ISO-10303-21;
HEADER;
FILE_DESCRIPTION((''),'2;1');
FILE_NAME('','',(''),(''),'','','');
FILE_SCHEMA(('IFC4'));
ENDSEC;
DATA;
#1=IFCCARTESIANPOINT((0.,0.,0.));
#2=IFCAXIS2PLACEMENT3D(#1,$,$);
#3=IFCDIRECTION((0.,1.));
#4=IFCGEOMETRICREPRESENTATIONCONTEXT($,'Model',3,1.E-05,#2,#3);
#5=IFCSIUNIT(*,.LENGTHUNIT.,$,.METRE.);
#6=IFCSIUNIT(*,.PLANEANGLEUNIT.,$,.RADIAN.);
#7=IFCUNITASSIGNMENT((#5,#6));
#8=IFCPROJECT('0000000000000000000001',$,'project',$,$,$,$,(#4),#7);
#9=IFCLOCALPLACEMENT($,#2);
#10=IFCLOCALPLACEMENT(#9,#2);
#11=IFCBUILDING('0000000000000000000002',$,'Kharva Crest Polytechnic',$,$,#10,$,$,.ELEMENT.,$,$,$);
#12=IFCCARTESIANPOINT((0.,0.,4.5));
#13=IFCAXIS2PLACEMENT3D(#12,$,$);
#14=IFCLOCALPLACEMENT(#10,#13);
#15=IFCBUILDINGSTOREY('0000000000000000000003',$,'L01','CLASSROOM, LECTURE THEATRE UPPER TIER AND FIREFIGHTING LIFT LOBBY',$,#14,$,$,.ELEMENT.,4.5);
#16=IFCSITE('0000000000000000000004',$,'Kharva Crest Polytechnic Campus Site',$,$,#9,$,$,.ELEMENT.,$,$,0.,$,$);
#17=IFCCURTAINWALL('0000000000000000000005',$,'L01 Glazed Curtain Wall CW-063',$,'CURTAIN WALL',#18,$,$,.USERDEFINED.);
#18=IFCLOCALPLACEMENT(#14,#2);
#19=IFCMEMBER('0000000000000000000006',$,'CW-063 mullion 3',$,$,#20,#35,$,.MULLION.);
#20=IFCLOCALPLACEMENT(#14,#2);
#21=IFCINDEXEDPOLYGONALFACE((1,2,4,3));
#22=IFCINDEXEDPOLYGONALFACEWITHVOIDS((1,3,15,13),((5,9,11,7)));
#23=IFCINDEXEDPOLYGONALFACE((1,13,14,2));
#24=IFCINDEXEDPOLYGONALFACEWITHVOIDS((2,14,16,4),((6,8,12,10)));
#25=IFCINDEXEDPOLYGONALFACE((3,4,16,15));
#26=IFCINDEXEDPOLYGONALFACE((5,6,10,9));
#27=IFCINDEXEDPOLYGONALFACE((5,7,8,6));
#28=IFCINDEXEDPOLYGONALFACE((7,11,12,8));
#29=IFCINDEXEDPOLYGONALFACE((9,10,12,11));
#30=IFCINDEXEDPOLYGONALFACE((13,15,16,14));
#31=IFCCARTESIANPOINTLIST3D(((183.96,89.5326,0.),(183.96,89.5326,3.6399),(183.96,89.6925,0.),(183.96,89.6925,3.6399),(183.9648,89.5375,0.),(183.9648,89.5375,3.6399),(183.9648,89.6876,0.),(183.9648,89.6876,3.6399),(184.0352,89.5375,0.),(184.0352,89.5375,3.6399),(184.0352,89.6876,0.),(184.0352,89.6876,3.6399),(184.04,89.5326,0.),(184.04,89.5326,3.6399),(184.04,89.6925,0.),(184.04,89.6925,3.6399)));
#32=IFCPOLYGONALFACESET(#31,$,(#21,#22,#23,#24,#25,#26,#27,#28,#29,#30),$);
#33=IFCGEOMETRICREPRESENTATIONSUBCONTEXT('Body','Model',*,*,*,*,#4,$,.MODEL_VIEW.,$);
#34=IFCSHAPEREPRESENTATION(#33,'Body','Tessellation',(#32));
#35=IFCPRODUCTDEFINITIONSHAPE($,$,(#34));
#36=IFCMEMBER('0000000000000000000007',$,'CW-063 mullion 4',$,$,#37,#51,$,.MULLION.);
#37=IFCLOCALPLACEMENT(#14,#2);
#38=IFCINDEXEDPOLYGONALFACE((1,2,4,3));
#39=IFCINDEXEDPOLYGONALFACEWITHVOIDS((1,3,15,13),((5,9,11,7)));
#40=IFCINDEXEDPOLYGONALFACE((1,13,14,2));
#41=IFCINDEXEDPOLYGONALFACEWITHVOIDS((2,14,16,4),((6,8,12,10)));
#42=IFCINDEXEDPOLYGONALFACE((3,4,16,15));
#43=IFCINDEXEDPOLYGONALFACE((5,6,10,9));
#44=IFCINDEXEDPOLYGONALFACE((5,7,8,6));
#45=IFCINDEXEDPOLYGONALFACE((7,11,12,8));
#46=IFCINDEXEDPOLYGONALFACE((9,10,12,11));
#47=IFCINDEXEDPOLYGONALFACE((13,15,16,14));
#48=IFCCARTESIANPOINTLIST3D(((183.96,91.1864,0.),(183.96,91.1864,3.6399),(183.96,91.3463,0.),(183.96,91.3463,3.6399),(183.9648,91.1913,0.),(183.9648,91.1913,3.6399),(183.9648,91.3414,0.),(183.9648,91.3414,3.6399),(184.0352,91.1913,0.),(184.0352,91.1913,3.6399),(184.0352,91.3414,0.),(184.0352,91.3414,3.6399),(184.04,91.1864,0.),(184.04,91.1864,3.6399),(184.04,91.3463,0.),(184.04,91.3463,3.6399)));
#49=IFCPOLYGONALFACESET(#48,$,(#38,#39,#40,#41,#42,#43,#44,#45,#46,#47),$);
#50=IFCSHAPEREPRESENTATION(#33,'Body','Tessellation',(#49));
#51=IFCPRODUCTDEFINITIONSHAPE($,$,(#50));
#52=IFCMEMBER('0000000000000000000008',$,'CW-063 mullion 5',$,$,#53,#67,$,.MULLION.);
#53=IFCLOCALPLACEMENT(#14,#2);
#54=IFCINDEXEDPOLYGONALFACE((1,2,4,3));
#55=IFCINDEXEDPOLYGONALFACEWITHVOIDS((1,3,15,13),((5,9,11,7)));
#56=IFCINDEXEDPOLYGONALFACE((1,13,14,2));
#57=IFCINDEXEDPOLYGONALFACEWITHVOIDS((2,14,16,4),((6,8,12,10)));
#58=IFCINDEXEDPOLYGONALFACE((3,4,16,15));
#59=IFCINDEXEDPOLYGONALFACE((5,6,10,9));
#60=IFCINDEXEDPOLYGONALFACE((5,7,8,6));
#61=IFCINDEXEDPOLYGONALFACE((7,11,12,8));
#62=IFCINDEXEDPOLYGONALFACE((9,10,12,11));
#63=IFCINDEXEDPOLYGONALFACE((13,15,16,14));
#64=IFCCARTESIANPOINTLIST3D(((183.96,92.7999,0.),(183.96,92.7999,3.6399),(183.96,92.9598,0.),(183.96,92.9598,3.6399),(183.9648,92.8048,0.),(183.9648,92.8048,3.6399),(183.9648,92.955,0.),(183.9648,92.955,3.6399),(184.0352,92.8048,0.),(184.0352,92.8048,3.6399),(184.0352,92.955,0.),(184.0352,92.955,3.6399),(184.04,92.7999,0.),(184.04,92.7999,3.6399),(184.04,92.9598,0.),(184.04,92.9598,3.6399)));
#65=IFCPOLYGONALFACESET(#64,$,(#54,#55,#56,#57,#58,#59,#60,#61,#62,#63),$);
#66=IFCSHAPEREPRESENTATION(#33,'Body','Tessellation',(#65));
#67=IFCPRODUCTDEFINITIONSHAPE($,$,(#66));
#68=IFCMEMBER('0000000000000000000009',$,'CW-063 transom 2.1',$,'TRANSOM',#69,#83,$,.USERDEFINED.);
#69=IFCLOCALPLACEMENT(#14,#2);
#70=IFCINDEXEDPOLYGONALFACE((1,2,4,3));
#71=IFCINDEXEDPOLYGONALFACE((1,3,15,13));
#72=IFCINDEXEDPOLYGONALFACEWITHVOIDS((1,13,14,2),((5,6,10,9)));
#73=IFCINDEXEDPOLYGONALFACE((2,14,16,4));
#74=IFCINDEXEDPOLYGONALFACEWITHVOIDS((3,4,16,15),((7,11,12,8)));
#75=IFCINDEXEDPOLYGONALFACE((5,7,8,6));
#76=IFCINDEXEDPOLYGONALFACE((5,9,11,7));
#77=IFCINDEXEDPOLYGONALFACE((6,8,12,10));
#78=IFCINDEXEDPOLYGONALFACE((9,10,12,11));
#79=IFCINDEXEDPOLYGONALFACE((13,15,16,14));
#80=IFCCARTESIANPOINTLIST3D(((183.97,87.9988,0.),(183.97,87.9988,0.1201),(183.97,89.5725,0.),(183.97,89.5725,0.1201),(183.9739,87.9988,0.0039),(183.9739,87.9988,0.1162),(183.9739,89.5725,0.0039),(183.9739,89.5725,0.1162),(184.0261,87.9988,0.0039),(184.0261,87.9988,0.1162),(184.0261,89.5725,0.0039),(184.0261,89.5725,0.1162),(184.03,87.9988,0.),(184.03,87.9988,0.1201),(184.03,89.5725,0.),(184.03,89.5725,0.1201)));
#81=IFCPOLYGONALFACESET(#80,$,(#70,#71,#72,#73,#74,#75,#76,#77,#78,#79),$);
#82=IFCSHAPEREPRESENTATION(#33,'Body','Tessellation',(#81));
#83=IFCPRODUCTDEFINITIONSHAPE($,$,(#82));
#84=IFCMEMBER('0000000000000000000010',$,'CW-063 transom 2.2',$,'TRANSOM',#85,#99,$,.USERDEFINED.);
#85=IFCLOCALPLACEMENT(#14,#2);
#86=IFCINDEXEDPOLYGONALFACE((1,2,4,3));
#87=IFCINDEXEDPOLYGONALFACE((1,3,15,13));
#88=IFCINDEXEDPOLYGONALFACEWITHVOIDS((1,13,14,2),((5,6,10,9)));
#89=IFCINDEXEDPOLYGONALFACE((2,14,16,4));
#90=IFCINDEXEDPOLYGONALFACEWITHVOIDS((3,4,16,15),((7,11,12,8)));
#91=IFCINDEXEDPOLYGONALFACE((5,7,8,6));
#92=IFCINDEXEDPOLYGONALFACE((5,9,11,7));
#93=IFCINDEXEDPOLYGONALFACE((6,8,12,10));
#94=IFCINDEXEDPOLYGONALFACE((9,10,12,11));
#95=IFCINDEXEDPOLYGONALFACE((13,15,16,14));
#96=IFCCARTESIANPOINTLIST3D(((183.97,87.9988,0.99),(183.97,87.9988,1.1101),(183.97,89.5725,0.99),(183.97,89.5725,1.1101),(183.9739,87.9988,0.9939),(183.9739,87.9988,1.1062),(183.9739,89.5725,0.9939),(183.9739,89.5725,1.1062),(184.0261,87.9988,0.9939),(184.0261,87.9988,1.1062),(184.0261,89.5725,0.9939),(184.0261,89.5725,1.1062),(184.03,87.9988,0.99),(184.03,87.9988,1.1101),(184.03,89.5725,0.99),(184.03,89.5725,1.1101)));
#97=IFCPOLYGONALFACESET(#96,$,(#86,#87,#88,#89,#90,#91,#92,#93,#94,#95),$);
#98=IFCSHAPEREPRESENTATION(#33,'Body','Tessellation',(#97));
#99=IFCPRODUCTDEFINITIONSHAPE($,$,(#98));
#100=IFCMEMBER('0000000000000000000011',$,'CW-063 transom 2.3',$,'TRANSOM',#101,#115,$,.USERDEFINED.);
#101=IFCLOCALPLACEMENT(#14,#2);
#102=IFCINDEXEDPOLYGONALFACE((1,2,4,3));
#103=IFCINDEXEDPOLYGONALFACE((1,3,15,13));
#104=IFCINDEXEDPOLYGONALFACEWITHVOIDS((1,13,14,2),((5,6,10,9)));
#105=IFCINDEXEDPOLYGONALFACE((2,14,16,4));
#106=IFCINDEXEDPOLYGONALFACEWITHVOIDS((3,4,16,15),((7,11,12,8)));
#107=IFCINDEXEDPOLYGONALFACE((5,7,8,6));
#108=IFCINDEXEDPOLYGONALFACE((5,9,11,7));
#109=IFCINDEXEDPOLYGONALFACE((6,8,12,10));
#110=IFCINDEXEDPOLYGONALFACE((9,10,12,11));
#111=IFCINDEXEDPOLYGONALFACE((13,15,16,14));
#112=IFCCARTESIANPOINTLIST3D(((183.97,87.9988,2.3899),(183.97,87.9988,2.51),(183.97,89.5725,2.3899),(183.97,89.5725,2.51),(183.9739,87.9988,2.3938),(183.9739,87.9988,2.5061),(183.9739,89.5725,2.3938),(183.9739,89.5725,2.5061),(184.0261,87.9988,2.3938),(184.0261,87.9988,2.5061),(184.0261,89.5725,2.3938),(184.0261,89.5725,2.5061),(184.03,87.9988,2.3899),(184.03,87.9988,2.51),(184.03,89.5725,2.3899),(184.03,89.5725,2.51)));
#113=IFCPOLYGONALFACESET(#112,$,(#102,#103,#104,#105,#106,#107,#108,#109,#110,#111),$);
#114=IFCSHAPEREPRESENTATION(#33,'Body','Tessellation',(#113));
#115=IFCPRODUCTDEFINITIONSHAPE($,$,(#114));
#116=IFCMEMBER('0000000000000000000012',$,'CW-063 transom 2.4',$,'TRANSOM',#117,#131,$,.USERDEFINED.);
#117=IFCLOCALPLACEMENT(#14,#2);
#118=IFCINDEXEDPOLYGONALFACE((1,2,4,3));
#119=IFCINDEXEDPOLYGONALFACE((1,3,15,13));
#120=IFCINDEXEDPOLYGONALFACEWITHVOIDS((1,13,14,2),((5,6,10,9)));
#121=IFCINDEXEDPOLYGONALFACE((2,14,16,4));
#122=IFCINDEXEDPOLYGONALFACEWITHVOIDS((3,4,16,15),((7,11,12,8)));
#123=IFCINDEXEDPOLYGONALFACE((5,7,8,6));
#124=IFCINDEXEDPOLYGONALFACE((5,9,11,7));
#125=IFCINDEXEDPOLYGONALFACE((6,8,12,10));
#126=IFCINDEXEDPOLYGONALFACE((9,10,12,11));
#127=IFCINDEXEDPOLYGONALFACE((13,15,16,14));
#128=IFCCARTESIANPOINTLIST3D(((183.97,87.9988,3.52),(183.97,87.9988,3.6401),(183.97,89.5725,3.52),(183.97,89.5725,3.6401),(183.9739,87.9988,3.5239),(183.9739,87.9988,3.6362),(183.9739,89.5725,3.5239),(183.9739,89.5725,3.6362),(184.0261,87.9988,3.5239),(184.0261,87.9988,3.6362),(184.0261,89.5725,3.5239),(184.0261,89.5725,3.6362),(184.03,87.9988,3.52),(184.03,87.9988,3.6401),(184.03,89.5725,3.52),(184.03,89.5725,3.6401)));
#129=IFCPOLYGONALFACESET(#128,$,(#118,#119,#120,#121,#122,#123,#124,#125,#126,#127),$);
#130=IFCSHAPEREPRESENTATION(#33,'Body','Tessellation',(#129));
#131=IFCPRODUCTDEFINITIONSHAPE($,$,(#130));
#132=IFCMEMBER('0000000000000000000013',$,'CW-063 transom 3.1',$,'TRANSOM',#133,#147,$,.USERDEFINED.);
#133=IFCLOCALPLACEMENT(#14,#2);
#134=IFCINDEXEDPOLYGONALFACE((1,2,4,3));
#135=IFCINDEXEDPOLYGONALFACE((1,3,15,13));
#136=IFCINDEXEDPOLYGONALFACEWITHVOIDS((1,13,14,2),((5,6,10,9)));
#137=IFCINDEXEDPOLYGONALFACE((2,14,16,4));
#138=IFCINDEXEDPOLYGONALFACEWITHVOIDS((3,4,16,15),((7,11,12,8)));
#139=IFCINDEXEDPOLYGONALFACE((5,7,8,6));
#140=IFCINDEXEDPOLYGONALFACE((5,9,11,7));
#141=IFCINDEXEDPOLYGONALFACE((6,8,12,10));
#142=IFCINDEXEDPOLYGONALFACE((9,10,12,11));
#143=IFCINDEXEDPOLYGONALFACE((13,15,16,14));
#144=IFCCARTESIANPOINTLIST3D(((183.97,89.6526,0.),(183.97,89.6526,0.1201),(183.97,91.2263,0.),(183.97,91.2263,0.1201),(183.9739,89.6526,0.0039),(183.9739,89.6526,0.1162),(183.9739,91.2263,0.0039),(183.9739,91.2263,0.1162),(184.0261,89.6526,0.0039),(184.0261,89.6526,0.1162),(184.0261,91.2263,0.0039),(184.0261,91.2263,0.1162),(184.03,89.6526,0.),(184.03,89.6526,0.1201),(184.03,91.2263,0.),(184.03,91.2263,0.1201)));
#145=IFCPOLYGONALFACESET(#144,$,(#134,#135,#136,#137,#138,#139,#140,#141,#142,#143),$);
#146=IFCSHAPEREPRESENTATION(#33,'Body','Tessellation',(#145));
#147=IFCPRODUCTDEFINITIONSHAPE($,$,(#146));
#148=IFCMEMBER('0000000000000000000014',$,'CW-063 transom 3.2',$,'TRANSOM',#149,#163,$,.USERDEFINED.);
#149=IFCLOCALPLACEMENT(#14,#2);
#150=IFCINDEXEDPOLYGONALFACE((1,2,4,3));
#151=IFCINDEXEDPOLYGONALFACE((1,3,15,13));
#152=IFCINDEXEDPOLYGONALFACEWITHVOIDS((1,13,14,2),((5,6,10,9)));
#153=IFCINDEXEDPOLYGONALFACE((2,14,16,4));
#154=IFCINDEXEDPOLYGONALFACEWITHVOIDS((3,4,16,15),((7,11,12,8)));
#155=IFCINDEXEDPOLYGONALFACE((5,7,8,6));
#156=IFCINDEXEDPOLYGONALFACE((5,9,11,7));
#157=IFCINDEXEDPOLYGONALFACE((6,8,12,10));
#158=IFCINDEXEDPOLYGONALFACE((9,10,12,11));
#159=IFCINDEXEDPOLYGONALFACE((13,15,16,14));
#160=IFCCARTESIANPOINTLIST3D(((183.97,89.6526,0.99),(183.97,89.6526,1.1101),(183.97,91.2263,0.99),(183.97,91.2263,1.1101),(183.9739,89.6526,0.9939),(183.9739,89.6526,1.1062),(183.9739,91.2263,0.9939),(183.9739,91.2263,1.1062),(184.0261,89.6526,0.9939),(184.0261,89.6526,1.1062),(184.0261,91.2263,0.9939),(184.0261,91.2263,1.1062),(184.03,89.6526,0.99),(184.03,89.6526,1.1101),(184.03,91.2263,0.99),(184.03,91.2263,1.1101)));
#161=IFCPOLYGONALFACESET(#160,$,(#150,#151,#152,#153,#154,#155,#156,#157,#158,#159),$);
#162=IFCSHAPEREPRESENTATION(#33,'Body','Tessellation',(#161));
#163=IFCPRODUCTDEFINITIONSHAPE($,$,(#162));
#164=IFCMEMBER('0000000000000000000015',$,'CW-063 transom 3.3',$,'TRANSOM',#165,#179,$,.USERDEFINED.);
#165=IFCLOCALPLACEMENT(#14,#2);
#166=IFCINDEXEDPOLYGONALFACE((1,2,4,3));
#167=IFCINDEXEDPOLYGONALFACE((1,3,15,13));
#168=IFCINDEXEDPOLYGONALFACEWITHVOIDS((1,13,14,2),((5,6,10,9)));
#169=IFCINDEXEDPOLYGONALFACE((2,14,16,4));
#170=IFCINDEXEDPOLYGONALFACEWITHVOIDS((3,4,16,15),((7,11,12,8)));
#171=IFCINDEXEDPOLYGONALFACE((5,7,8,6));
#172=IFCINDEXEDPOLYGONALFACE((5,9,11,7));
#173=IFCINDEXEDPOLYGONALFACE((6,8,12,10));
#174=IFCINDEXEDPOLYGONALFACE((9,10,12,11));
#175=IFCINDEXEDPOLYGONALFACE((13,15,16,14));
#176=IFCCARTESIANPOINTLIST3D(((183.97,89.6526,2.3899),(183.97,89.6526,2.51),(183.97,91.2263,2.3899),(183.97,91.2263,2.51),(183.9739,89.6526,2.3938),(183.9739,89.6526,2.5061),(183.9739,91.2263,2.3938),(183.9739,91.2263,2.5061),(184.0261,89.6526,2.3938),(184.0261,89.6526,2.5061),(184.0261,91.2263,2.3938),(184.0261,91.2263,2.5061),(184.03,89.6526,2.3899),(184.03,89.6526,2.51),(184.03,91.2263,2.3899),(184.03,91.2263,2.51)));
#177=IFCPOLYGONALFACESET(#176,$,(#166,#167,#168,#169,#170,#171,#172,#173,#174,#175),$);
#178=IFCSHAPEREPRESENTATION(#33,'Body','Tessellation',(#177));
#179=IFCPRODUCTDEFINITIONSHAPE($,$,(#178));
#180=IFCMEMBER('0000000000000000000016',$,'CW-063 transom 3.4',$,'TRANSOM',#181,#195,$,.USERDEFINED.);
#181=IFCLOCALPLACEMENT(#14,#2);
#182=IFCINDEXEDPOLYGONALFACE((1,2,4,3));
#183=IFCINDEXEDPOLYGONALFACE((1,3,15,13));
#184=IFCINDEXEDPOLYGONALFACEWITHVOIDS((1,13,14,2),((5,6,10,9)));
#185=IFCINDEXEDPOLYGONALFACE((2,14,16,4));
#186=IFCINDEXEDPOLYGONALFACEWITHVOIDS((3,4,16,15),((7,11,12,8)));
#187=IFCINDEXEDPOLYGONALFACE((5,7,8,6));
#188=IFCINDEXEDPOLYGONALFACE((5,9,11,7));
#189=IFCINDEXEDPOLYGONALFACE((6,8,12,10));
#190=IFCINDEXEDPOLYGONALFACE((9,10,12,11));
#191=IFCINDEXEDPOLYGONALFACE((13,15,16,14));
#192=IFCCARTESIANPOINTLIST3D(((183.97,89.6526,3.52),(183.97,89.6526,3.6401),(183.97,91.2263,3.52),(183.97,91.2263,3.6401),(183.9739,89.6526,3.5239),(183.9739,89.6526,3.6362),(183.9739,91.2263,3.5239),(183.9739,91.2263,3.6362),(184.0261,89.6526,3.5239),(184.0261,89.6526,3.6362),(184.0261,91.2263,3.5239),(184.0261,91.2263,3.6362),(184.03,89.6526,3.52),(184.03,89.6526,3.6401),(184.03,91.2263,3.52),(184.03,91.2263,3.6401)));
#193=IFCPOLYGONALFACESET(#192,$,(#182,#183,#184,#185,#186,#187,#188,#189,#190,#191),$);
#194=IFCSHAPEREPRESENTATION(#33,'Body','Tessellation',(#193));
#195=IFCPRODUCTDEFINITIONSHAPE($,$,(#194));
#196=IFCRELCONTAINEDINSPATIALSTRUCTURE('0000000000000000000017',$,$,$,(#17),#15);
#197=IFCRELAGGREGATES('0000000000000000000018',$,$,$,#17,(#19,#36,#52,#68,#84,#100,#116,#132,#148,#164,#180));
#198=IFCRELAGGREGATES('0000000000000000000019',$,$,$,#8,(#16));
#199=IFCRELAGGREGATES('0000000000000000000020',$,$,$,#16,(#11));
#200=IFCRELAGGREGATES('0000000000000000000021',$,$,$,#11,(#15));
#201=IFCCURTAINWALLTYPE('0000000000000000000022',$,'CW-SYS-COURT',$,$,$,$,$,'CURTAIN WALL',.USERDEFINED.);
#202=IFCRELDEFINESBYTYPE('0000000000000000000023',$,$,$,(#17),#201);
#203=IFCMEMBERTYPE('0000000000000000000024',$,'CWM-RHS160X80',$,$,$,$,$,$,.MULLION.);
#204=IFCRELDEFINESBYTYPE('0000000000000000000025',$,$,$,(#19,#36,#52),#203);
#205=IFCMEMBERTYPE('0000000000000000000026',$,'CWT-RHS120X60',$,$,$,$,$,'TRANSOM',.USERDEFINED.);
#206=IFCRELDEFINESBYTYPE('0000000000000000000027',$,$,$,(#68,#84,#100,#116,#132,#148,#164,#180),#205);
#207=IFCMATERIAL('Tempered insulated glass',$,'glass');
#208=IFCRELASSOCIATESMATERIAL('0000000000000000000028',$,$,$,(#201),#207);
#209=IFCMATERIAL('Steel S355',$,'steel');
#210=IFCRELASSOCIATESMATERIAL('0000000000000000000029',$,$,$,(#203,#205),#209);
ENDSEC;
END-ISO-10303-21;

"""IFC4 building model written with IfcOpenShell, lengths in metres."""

from ifc_helpers import new_model, si_unit, direction, frame, origin, origin_2d, place, context, subcontext, project, spatial, hollow_rectangle, extrude, material, material_profile, profile_set, type_object, element, aggregate, save


model = new_model("IFC4")

# Units and contexts
model_context = context("Model", 3, precision=1e-05, world=origin(), true_north=direction((0.0, 1.0)))
body_context = subcontext(model_context, "Body", "Model", "MODEL_VIEW")
ifc_project = project(units=[si_unit("LENGTHUNIT", "METRE"), si_unit("PLANEANGLEUNIT", "RADIAN")], contexts=[model_context])

# Site, building, storey
site_placement = place(None, origin())
site = spatial("IfcSite", under=ifc_project, at=site_placement, Name="Kharva Crest Polytechnic Campus Site", CompositionType="ELEMENT", RefElevation=0.0)
building_placement = place(site_placement, origin())
building = spatial("IfcBuilding", under=site, at=building_placement, Name="Kharva Crest Polytechnic", CompositionType="ELEMENT")
storey_placement = place(building_placement, frame((0.0, 0.0, 4.5)))
storey = spatial("IfcBuildingStorey", under=building, at=storey_placement, Name="L01", Description="CLASSROOM, LECTURE THEATRE UPPER TIER AND FIREFIGHTING LIFT LOBBY", CompositionType="ELEMENT", Elevation=4.5)

# Curtain wall, members
ifc_material_1 = material(Name="Tempered insulated glass", Category="glass")
curtain_wall_type = type_object("IfcCurtainWallType", Name="CW-SYS-COURT", ElementType="CURTAIN WALL", PredefinedType="USERDEFINED", material=ifc_material_1)
curtain_wall_placement = place(storey_placement, origin())
curtain_wall = element("IfcCurtainWall", 1, at=curtain_wall_placement, inside=storey, type_object=curtain_wall_type, Name="L01 Glazed Curtain Wall CW-063", ObjectType="CURTAIN WALL", PredefinedType="USERDEFINED")
ifc_material_2 = material(Name="Steel S355", Category="steel")
ifc_material_profile_1 = material_profile(ifc_material_2, hollow_rectangle(XDim=0.0801, YDim=0.1599, WallThickness=0.0049, at=origin_2d()), Name="RHS 160X80X5.0")
ifc_profile_set_1 = profile_set([ifc_material_profile_1], Name="Steel S355")
member_type_1 = type_object("IfcMemberType", Name="CWM-RHS160X80", PredefinedType="MULLION", material=ifc_profile_set_1)
member_1_placement = place(storey_placement, frame((184.0, 89.6125, 0.0), z_axis=(0.0, 0.0, 1.0), x_axis=(-1.0, 0.0, 0.0)))
member_1 = element("IfcMember", 2, at=member_1_placement, type_object=member_type_1, Name="CW-063 mullion 3", PredefinedType="MULLION", context=body_context, shape_type="SweptSolid", body=[
    extrude(hollow_rectangle(XDim=0.0801, YDim=0.1599, WallThickness=0.0049, at=origin_2d()), origin(), (0.0, 0.0, 1.0), 3.6399),
])
member_2_placement = place(storey_placement, frame((184.0, 91.2664, 0.0), z_axis=(0.0, 0.0, 1.0), x_axis=(-1.0, 0.0, 0.0)))
member_2 = element("IfcMember", 3, at=member_2_placement, type_object=member_type_1, Name="CW-063 mullion 4", PredefinedType="MULLION", context=body_context, shape_type="SweptSolid", body=[
    extrude(hollow_rectangle(XDim=0.0801, YDim=0.1599, WallThickness=0.0049, at=origin_2d()), origin(), (0.0, 0.0, 1.0), 3.6399),
])
member_3_placement = place(storey_placement, frame((184.0, 92.8799, 0.0), z_axis=(0.0, 0.0, 1.0), x_axis=(-1.0, 0.0, 0.0)))
member_3 = element("IfcMember", 4, at=member_3_placement, type_object=member_type_1, Name="CW-063 mullion 5", PredefinedType="MULLION", context=body_context, shape_type="SweptSolid", body=[
    extrude(hollow_rectangle(XDim=0.0801, YDim=0.1599, WallThickness=0.0049, at=origin_2d()), origin(), (0.0, 0.0, 1.0), 3.6399),
])
ifc_material_profile_2 = material_profile(ifc_material_2, hollow_rectangle(XDim=0.0601, YDim=0.1201, WallThickness=0.0039, at=origin_2d()), Name="RHS 120X60X4.0")
ifc_profile_set_2 = profile_set([ifc_material_profile_2], Name="Steel S355")
member_type_2 = type_object("IfcMemberType", Name="CWT-RHS120X60", ElementType="TRANSOM", PredefinedType="USERDEFINED", material=ifc_profile_set_2)
member_4_placement = place(storey_placement, frame((184.0, 87.9988, 0.0601), z_axis=(0.0, 1.0, 0.0), x_axis=(-1.0, 0.0, 0.0)))
member_4 = element("IfcMember", 5, at=member_4_placement, type_object=member_type_2, Name="CW-063 transom 2.1", ObjectType="TRANSOM", PredefinedType="USERDEFINED", context=body_context, shape_type="SweptSolid", body=[
    extrude(hollow_rectangle(XDim=0.0601, YDim=0.1201, WallThickness=0.0039, at=origin_2d()), origin(), (0.0, 0.0, 1.0), 1.5737),
])
member_5_placement = place(storey_placement, frame((184.0, 87.9988, 1.05), z_axis=(0.0, 1.0, 0.0), x_axis=(-1.0, 0.0, 0.0)))
member_5 = element("IfcMember", 6, at=member_5_placement, type_object=member_type_2, Name="CW-063 transom 2.2", ObjectType="TRANSOM", PredefinedType="USERDEFINED", context=body_context, shape_type="SweptSolid", body=[
    extrude(hollow_rectangle(XDim=0.0601, YDim=0.1201, WallThickness=0.0039, at=origin_2d()), origin(), (0.0, 0.0, 1.0), 1.5737),
])
member_6_placement = place(storey_placement, frame((184.0, 87.9988, 2.45), z_axis=(0.0, 1.0, 0.0), x_axis=(-1.0, 0.0, 0.0)))
member_6 = element("IfcMember", 7, at=member_6_placement, type_object=member_type_2, Name="CW-063 transom 2.3", ObjectType="TRANSOM", PredefinedType="USERDEFINED", context=body_context, shape_type="SweptSolid", body=[
    extrude(hollow_rectangle(XDim=0.0601, YDim=0.1201, WallThickness=0.0039, at=origin_2d()), origin(), (0.0, 0.0, 1.0), 1.5737),
])
member_7_placement = place(storey_placement, frame((184.0, 87.9988, 3.5801), z_axis=(0.0, 1.0, 0.0), x_axis=(-1.0, 0.0, 0.0)))
member_7 = element("IfcMember", 8, at=member_7_placement, type_object=member_type_2, Name="CW-063 transom 2.4", ObjectType="TRANSOM", PredefinedType="USERDEFINED", context=body_context, shape_type="SweptSolid", body=[
    extrude(hollow_rectangle(XDim=0.0601, YDim=0.1201, WallThickness=0.0039, at=origin_2d()), origin(), (0.0, 0.0, 1.0), 1.5737),
])
member_8_placement = place(storey_placement, frame((184.0, 89.6526, 0.0601), z_axis=(0.0, 1.0, 0.0), x_axis=(-1.0, 0.0, 0.0)))
member_8 = element("IfcMember", 9, at=member_8_placement, type_object=member_type_2, Name="CW-063 transom 3.1", ObjectType="TRANSOM", PredefinedType="USERDEFINED", context=body_context, shape_type="SweptSolid", body=[
    extrude(hollow_rectangle(XDim=0.0601, YDim=0.1201, WallThickness=0.0039, at=origin_2d()), origin(), (0.0, 0.0, 1.0), 1.5737),
])
member_9_placement = place(storey_placement, frame((184.0, 89.6526, 1.05), z_axis=(0.0, 1.0, 0.0), x_axis=(-1.0, 0.0, 0.0)))
member_9 = element("IfcMember", 10, at=member_9_placement, type_object=member_type_2, Name="CW-063 transom 3.2", ObjectType="TRANSOM", PredefinedType="USERDEFINED", context=body_context, shape_type="SweptSolid", body=[
    extrude(hollow_rectangle(XDim=0.0601, YDim=0.1201, WallThickness=0.0039, at=origin_2d()), origin(), (0.0, 0.0, 1.0), 1.5737),
])
member_10_placement = place(storey_placement, frame((184.0, 89.6526, 2.45), z_axis=(0.0, 1.0, 0.0), x_axis=(-1.0, 0.0, 0.0)))
member_10 = element("IfcMember", 11, at=member_10_placement, type_object=member_type_2, Name="CW-063 transom 3.3", ObjectType="TRANSOM", PredefinedType="USERDEFINED", context=body_context, shape_type="SweptSolid", body=[
    extrude(hollow_rectangle(XDim=0.0601, YDim=0.1201, WallThickness=0.0039, at=origin_2d()), origin(), (0.0, 0.0, 1.0), 1.5737),
])
member_11_placement = place(storey_placement, frame((184.0, 89.6526, 3.5801), z_axis=(0.0, 1.0, 0.0), x_axis=(-1.0, 0.0, 0.0)))
member_11 = element("IfcMember", 12, at=member_11_placement, type_object=member_type_2, Name="CW-063 transom 3.4", ObjectType="TRANSOM", PredefinedType="USERDEFINED", context=body_context, shape_type="SweptSolid", body=[
    extrude(hollow_rectangle(XDim=0.0601, YDim=0.1201, WallThickness=0.0039, at=origin_2d()), origin(), (0.0, 0.0, 1.0), 1.5737),
])
aggregate(curtain_wall, [member_1, member_2, member_3, member_4, member_5, member_6, member_7, member_8, member_9, member_10, member_11])

save(model, "model.ifc")
